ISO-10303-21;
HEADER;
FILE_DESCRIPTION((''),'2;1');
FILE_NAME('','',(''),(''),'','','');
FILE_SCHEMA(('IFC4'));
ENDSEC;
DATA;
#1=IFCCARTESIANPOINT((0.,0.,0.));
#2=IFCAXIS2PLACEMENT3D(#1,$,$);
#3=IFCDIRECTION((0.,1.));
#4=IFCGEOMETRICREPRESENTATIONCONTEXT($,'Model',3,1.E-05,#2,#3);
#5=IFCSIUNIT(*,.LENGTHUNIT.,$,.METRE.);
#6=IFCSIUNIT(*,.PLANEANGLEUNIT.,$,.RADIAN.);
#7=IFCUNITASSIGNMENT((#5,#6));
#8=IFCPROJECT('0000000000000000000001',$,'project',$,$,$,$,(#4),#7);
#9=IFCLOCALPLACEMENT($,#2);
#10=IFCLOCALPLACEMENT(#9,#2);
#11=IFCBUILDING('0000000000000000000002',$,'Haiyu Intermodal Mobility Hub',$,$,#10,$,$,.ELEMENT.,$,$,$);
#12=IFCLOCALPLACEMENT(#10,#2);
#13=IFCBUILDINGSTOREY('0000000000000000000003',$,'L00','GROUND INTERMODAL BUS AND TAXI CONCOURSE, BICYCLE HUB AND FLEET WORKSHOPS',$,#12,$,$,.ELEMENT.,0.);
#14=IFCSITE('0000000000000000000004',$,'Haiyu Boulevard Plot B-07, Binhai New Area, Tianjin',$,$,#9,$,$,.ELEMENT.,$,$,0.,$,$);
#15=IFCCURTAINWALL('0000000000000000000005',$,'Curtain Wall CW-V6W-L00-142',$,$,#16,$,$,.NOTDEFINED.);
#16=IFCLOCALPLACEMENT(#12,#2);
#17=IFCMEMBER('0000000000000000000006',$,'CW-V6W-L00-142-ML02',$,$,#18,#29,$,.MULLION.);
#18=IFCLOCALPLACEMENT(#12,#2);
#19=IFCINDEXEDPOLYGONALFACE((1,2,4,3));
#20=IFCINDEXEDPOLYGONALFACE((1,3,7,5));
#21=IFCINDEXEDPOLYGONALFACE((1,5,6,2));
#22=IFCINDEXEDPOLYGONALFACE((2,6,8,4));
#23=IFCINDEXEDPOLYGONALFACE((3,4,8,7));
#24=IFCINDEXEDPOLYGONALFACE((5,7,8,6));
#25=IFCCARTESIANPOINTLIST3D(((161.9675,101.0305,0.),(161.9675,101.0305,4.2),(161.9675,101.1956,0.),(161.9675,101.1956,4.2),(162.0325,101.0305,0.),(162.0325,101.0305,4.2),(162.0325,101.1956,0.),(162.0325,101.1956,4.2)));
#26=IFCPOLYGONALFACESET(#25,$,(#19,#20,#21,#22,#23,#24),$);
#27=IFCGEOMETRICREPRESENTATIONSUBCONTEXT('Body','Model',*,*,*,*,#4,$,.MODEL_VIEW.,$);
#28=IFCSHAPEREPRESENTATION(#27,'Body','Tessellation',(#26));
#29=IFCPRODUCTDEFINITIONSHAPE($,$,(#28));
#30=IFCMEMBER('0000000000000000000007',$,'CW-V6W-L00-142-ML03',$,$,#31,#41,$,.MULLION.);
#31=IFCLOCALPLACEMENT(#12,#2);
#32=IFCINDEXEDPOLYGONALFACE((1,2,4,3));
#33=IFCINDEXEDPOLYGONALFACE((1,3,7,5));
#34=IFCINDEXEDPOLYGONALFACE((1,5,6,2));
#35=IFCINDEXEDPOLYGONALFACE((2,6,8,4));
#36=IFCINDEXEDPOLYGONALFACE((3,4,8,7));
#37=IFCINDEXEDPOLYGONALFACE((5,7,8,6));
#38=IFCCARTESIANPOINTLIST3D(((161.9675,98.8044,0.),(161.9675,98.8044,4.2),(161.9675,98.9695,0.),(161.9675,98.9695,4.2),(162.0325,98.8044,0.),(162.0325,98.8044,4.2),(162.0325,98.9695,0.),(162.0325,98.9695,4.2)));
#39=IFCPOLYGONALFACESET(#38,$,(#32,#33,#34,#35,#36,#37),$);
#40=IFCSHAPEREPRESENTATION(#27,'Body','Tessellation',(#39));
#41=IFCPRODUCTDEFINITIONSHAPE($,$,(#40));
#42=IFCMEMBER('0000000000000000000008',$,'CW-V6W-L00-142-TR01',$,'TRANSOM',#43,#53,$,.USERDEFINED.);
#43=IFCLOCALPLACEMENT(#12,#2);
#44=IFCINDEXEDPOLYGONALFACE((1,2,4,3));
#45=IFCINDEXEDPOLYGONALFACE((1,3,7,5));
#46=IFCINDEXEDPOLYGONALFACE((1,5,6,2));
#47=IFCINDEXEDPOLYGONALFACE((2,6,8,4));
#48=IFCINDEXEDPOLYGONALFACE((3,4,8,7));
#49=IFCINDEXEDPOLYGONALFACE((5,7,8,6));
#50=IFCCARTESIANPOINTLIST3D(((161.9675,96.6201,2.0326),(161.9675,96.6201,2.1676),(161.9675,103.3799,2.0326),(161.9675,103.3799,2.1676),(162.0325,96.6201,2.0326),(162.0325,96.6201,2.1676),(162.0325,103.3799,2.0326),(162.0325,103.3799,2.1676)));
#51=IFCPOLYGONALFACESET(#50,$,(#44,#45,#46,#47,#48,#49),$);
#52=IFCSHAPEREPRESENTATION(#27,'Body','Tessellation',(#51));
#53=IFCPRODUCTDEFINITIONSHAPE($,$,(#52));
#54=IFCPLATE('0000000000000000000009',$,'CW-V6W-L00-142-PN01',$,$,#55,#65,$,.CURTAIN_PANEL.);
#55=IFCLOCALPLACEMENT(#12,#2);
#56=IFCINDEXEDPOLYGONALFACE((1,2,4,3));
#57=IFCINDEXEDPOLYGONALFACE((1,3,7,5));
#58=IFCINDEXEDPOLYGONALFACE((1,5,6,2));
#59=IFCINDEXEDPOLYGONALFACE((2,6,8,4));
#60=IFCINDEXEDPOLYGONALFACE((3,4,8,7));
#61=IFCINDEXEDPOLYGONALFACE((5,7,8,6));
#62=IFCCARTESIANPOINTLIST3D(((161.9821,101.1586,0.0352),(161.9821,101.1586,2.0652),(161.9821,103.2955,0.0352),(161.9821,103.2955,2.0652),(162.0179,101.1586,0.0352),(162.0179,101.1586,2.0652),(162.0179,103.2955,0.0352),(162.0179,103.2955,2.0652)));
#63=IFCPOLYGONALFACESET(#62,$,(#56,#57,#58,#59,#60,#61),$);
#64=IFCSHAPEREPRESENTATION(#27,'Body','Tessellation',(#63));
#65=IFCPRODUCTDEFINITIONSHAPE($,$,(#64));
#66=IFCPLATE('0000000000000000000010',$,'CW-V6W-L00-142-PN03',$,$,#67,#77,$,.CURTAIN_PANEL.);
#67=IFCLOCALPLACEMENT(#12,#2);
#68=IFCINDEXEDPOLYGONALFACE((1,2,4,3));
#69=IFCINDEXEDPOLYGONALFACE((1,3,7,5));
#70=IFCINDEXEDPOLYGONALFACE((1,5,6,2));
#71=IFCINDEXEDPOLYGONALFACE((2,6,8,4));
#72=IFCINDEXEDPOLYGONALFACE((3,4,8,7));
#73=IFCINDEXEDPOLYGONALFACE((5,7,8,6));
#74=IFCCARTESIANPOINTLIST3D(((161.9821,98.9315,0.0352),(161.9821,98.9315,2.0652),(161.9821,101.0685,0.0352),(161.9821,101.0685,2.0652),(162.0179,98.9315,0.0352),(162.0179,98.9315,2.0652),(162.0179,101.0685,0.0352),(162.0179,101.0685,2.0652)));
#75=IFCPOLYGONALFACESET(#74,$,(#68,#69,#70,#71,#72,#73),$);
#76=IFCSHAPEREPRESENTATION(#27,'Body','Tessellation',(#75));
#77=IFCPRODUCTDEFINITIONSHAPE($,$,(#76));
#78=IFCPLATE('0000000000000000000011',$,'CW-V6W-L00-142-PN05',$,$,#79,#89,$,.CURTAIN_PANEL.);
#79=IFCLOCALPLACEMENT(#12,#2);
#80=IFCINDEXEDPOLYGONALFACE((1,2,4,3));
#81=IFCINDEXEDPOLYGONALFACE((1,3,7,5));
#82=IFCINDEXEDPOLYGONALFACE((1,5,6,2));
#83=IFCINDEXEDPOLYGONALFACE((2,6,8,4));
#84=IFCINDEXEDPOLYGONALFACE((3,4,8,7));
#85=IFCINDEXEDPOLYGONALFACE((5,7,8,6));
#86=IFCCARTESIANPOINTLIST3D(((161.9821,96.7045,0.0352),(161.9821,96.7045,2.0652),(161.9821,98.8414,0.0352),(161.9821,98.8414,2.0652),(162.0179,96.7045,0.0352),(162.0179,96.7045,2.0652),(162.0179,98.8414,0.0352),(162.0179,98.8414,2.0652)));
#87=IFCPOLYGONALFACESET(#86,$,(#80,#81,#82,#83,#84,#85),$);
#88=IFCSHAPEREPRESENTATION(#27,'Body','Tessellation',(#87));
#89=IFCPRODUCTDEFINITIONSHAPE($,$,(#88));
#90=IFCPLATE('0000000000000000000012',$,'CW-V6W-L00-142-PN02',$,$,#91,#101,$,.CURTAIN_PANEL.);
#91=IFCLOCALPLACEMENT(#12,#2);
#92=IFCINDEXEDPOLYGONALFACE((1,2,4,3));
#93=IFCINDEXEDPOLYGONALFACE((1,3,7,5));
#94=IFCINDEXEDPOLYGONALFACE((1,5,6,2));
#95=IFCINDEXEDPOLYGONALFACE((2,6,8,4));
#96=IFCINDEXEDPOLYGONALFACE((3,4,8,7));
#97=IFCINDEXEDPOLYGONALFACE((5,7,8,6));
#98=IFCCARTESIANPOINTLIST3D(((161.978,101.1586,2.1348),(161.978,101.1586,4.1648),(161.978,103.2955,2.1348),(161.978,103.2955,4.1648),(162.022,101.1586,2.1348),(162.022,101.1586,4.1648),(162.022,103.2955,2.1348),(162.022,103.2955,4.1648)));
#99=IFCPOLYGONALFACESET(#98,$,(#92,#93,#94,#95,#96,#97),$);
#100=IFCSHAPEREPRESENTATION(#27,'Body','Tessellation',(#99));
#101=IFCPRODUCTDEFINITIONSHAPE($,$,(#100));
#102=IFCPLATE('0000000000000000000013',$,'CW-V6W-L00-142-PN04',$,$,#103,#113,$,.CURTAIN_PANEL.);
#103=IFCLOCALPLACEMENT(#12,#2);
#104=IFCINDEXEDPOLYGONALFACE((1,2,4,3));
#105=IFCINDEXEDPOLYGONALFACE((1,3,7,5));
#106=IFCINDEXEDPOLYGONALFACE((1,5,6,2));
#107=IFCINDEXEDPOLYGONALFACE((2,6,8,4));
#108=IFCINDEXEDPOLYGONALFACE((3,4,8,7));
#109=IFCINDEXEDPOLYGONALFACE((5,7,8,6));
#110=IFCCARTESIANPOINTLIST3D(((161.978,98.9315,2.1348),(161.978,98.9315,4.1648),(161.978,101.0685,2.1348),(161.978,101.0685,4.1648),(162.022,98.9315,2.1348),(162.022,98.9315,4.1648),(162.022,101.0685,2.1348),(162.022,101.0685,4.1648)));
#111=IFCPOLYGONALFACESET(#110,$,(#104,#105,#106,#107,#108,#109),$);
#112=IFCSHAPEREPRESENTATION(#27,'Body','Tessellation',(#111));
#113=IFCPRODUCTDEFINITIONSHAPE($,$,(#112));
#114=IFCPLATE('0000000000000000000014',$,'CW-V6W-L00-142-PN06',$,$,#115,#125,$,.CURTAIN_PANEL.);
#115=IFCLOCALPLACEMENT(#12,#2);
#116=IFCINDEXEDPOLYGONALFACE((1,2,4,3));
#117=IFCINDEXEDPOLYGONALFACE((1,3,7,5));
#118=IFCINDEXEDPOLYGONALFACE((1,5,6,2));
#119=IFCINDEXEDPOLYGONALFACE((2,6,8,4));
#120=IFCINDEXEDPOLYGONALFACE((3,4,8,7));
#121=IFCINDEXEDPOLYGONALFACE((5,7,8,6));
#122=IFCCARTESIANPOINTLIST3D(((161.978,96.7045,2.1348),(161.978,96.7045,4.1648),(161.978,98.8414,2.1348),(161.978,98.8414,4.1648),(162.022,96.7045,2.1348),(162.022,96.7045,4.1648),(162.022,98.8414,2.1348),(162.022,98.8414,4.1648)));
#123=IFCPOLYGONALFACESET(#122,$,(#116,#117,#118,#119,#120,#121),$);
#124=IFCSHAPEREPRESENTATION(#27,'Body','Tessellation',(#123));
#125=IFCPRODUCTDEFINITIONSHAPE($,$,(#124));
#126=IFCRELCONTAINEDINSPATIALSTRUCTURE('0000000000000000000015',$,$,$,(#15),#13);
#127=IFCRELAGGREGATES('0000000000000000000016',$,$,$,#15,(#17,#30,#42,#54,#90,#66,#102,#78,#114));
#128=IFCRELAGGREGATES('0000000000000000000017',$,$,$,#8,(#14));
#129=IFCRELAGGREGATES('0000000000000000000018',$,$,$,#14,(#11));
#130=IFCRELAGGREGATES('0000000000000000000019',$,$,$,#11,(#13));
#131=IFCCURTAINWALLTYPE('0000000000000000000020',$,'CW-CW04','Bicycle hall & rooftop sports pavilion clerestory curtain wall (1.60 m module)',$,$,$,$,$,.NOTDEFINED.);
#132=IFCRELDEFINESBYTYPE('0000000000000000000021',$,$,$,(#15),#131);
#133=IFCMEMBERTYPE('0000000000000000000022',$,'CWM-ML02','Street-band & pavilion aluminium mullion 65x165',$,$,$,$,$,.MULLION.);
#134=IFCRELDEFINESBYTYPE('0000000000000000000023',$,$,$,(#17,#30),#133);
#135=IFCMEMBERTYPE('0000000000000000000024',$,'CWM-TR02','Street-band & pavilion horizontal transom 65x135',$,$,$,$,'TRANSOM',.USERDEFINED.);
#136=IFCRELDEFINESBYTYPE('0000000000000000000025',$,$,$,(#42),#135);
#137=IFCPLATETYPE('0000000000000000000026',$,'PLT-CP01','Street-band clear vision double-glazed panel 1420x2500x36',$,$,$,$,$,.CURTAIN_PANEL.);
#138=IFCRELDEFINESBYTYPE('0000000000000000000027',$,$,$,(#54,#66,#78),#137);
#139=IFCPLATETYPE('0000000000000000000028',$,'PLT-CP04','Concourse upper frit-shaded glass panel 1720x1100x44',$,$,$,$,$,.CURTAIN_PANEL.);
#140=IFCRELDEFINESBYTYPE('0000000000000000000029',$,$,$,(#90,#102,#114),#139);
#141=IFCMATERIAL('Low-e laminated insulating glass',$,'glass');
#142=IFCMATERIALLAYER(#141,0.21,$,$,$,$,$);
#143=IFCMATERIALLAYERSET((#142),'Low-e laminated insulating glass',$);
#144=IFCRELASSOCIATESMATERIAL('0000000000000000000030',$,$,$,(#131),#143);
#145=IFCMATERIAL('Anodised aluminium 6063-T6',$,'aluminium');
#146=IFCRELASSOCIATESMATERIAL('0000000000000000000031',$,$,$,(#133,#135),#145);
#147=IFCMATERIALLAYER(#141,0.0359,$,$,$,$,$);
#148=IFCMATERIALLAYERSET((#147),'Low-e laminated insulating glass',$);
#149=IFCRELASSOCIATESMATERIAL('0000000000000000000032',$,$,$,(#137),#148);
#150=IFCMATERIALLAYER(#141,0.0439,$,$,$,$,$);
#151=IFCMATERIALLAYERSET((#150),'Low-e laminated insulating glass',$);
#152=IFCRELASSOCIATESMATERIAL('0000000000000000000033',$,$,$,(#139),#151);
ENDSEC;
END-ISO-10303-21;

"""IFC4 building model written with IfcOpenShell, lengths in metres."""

from ifc_helpers import new_model, si_unit, direction, frame, origin, origin_2d, place, context, subcontext, project, spatial, rectangle, extrude, material, layer, layer_set, material_profile, profile_set, type_object, element, aggregate, save


model = new_model("IFC4")

# Units and contexts
model_context = context("Model", 3, precision=1e-05, world=origin(), true_north=direction((0.0, 1.0)))
body_context = subcontext(model_context, "Body", "Model", "MODEL_VIEW")
ifc_project = project(units=[si_unit("LENGTHUNIT", "METRE"), si_unit("PLANEANGLEUNIT", "RADIAN")], contexts=[model_context])

# Site, building, storey
site_placement = place(None, origin())
site = spatial("IfcSite", under=ifc_project, at=site_placement, Name="Haiyu Boulevard Plot B-07, Binhai New Area, Tianjin", CompositionType="ELEMENT", RefElevation=0.0)
building_placement = place(site_placement, origin())
building = spatial("IfcBuilding", under=site, at=building_placement, Name="Haiyu Intermodal Mobility Hub", CompositionType="ELEMENT")
storey_placement = place(building_placement, origin())
storey = spatial("IfcBuildingStorey", under=building, at=storey_placement, Name="L00", Description="GROUND INTERMODAL BUS AND TAXI CONCOURSE, BICYCLE HUB AND FLEET WORKSHOPS", CompositionType="ELEMENT", Elevation=0.0)

# Curtain wall, members, plates
ifc_material_1 = material(Name="Low-e laminated insulating glass", Category="glass")
ifc_layer_1 = layer(ifc_material_1, 0.21)
ifc_layer_set_1 = layer_set([ifc_layer_1], Name="Low-e laminated insulating glass")
curtain_wall_type = type_object("IfcCurtainWallType", Name="CW-CW04", Description="Bicycle hall & rooftop sports pavilion clerestory curtain wall (1.60 m module)", PredefinedType="NOTDEFINED", material=ifc_layer_set_1)
curtain_wall_placement = place(storey_placement, origin())
curtain_wall = element("IfcCurtainWall", 1, at=curtain_wall_placement, inside=storey, type_object=curtain_wall_type, Name="Curtain Wall CW-V6W-L00-142", PredefinedType="NOTDEFINED")
ifc_material_2 = material(Name="Anodised aluminium 6063-T6", Category="aluminium")
ifc_material_profile_1 = material_profile(ifc_material_2, rectangle(XDim=0.0649, YDim=0.165, at=origin_2d()), Name="ALU65x165")
ifc_profile_set_1 = profile_set([ifc_material_profile_1], Name="Anodised aluminium 6063-T6")
member_type_1 = type_object("IfcMemberType", Name="CWM-ML02", Description="Street-band & pavilion aluminium mullion 65x165", PredefinedType="MULLION", material=ifc_profile_set_1)
member_1_placement = place(storey_placement, frame((162.0, 101.113, 0.0), z_axis=(0.0, 0.0, 1.0), x_axis=(1.0, 0.0, 0.0)))
member_1 = element("IfcMember", 2, at=member_1_placement, type_object=member_type_1, Name="CW-V6W-L00-142-ML02", PredefinedType="MULLION", context=body_context, shape_type="SweptSolid", body=[
    extrude(rectangle(XDim=0.0649, YDim=0.165, at=origin_2d()), origin(), (0.0, 0.0, 1.0), 4.2),
])
member_2_placement = place(storey_placement, frame((162.0, 98.887, 0.0), z_axis=(0.0, 0.0, 1.0), x_axis=(1.0, 0.0, 0.0)))
member_2 = element("IfcMember", 3, at=member_2_placement, type_object=member_type_1, Name="CW-V6W-L00-142-ML03", PredefinedType="MULLION", context=body_context, shape_type="SweptSolid", body=[
    extrude(rectangle(XDim=0.0649, YDim=0.165, at=origin_2d()), origin(), (0.0, 0.0, 1.0), 4.2),
])
ifc_material_profile_2 = material_profile(ifc_material_2, rectangle(XDim=0.0649, YDim=0.135, at=origin_2d()), Name="ALU65x135")
ifc_profile_set_2 = profile_set([ifc_material_profile_2], Name="Anodised aluminium 6063-T6")
member_type_2 = type_object("IfcMemberType", Name="CWM-TR02", Description="Street-band & pavilion horizontal transom 65x135", ElementType="TRANSOM", PredefinedType="USERDEFINED", material=ifc_profile_set_2)
member_3_placement = place(storey_placement, frame((162.0, 103.3799, 2.1001), z_axis=(0.0, -1.0, 0.0), x_axis=(1.0, 0.0, 0.0)))
member_3 = element("IfcMember", 4, at=member_3_placement, type_object=member_type_2, Name="CW-V6W-L00-142-TR01", ObjectType="TRANSOM", PredefinedType="USERDEFINED", context=body_context, shape_type="SweptSolid", body=[
    extrude(rectangle(XDim=0.0649, YDim=0.135, at=origin_2d()), origin(), (0.0, 0.0, 1.0), 6.7598),
])
ifc_layer_2 = layer(ifc_material_1, 0.0359)
ifc_layer_set_2 = layer_set([ifc_layer_2], Name="Low-e laminated insulating glass")
plate_type_1 = type_object("IfcPlateType", Name="PLT-CP01", Description="Street-band clear vision double-glazed panel 1420x2500x36", PredefinedType="CURTAIN_PANEL", material=ifc_layer_set_2)
plate_1_placement = place(storey_placement, frame((162.0, 102.2271, 0.0352), z_axis=(0.0, 0.0, 1.0), x_axis=(0.0, -1.0, 0.0)))
plate_1 = element("IfcPlate", 5, at=plate_1_placement, type_object=plate_type_1, Name="CW-V6W-L00-142-PN01", PredefinedType="CURTAIN_PANEL", context=body_context, shape_type="SweptSolid", body=[
    extrude(rectangle(XDim=2.137, YDim=0.0359, at=origin_2d()), origin(), (0.0, 0.0, 1.0), 2.03),
])
plate_2_placement = place(storey_placement, frame((162.0, 100.0, 0.0352), z_axis=(0.0, 0.0, 1.0), x_axis=(0.0, -1.0, 0.0)))
plate_2 = element("IfcPlate", 6, at=plate_2_placement, type_object=plate_type_1, Name="CW-V6W-L00-142-PN03", PredefinedType="CURTAIN_PANEL", context=body_context, shape_type="SweptSolid", body=[
    extrude(rectangle(XDim=2.137, YDim=0.0359, at=origin_2d()), origin(), (0.0, 0.0, 1.0), 2.03),
])
plate_3_placement = place(storey_placement, frame((162.0, 97.7729, 0.0352), z_axis=(0.0, 0.0, 1.0), x_axis=(0.0, -1.0, 0.0)))
plate_3 = element("IfcPlate", 7, at=plate_3_placement, type_object=plate_type_1, Name="CW-V6W-L00-142-PN05", PredefinedType="CURTAIN_PANEL", context=body_context, shape_type="SweptSolid", body=[
    extrude(rectangle(XDim=2.137, YDim=0.0359, at=origin_2d()), origin(), (0.0, 0.0, 1.0), 2.03),
])
ifc_layer_3 = layer(ifc_material_1, 0.0439)
ifc_layer_set_3 = layer_set([ifc_layer_3], Name="Low-e laminated insulating glass")
plate_type_2 = type_object("IfcPlateType", Name="PLT-CP04", Description="Concourse upper frit-shaded glass panel 1720x1100x44", PredefinedType="CURTAIN_PANEL", material=ifc_layer_set_3)
plate_4_placement = place(storey_placement, frame((162.0, 102.2271, 2.1348), z_axis=(0.0, 0.0, 1.0), x_axis=(0.0, -1.0, 0.0)))
plate_4 = element("IfcPlate", 8, at=plate_4_placement, type_object=plate_type_2, Name="CW-V6W-L00-142-PN02", PredefinedType="CURTAIN_PANEL", context=body_context, shape_type="SweptSolid", body=[
    extrude(rectangle(XDim=2.137, YDim=0.0439, at=origin_2d()), origin(), (0.0, 0.0, 1.0), 2.03),
])
plate_5_placement = place(storey_placement, frame((162.0, 100.0, 2.1348), z_axis=(0.0, 0.0, 1.0), x_axis=(0.0, -1.0, 0.0)))
plate_5 = element("IfcPlate", 9, at=plate_5_placement, type_object=plate_type_2, Name="CW-V6W-L00-142-PN04", PredefinedType="CURTAIN_PANEL", context=body_context, shape_type="SweptSolid", body=[
    extrude(rectangle(XDim=2.137, YDim=0.0439, at=origin_2d()), origin(), (0.0, 0.0, 1.0), 2.03),
])
plate_6_placement = place(storey_placement, frame((162.0, 97.7729, 2.1348), z_axis=(0.0, 0.0, 1.0), x_axis=(0.0, -1.0, 0.0)))
plate_6 = element("IfcPlate", 10, at=plate_6_placement, type_object=plate_type_2, Name="CW-V6W-L00-142-PN06", PredefinedType="CURTAIN_PANEL", context=body_context, shape_type="SweptSolid", body=[
    extrude(rectangle(XDim=2.137, YDim=0.0439, at=origin_2d()), origin(), (0.0, 0.0, 1.0), 2.03),
])
aggregate(curtain_wall, [member_1, member_2, member_3, plate_1, plate_4, plate_2, plate_5, plate_3, plate_6])

save(model, "model.ifc")
